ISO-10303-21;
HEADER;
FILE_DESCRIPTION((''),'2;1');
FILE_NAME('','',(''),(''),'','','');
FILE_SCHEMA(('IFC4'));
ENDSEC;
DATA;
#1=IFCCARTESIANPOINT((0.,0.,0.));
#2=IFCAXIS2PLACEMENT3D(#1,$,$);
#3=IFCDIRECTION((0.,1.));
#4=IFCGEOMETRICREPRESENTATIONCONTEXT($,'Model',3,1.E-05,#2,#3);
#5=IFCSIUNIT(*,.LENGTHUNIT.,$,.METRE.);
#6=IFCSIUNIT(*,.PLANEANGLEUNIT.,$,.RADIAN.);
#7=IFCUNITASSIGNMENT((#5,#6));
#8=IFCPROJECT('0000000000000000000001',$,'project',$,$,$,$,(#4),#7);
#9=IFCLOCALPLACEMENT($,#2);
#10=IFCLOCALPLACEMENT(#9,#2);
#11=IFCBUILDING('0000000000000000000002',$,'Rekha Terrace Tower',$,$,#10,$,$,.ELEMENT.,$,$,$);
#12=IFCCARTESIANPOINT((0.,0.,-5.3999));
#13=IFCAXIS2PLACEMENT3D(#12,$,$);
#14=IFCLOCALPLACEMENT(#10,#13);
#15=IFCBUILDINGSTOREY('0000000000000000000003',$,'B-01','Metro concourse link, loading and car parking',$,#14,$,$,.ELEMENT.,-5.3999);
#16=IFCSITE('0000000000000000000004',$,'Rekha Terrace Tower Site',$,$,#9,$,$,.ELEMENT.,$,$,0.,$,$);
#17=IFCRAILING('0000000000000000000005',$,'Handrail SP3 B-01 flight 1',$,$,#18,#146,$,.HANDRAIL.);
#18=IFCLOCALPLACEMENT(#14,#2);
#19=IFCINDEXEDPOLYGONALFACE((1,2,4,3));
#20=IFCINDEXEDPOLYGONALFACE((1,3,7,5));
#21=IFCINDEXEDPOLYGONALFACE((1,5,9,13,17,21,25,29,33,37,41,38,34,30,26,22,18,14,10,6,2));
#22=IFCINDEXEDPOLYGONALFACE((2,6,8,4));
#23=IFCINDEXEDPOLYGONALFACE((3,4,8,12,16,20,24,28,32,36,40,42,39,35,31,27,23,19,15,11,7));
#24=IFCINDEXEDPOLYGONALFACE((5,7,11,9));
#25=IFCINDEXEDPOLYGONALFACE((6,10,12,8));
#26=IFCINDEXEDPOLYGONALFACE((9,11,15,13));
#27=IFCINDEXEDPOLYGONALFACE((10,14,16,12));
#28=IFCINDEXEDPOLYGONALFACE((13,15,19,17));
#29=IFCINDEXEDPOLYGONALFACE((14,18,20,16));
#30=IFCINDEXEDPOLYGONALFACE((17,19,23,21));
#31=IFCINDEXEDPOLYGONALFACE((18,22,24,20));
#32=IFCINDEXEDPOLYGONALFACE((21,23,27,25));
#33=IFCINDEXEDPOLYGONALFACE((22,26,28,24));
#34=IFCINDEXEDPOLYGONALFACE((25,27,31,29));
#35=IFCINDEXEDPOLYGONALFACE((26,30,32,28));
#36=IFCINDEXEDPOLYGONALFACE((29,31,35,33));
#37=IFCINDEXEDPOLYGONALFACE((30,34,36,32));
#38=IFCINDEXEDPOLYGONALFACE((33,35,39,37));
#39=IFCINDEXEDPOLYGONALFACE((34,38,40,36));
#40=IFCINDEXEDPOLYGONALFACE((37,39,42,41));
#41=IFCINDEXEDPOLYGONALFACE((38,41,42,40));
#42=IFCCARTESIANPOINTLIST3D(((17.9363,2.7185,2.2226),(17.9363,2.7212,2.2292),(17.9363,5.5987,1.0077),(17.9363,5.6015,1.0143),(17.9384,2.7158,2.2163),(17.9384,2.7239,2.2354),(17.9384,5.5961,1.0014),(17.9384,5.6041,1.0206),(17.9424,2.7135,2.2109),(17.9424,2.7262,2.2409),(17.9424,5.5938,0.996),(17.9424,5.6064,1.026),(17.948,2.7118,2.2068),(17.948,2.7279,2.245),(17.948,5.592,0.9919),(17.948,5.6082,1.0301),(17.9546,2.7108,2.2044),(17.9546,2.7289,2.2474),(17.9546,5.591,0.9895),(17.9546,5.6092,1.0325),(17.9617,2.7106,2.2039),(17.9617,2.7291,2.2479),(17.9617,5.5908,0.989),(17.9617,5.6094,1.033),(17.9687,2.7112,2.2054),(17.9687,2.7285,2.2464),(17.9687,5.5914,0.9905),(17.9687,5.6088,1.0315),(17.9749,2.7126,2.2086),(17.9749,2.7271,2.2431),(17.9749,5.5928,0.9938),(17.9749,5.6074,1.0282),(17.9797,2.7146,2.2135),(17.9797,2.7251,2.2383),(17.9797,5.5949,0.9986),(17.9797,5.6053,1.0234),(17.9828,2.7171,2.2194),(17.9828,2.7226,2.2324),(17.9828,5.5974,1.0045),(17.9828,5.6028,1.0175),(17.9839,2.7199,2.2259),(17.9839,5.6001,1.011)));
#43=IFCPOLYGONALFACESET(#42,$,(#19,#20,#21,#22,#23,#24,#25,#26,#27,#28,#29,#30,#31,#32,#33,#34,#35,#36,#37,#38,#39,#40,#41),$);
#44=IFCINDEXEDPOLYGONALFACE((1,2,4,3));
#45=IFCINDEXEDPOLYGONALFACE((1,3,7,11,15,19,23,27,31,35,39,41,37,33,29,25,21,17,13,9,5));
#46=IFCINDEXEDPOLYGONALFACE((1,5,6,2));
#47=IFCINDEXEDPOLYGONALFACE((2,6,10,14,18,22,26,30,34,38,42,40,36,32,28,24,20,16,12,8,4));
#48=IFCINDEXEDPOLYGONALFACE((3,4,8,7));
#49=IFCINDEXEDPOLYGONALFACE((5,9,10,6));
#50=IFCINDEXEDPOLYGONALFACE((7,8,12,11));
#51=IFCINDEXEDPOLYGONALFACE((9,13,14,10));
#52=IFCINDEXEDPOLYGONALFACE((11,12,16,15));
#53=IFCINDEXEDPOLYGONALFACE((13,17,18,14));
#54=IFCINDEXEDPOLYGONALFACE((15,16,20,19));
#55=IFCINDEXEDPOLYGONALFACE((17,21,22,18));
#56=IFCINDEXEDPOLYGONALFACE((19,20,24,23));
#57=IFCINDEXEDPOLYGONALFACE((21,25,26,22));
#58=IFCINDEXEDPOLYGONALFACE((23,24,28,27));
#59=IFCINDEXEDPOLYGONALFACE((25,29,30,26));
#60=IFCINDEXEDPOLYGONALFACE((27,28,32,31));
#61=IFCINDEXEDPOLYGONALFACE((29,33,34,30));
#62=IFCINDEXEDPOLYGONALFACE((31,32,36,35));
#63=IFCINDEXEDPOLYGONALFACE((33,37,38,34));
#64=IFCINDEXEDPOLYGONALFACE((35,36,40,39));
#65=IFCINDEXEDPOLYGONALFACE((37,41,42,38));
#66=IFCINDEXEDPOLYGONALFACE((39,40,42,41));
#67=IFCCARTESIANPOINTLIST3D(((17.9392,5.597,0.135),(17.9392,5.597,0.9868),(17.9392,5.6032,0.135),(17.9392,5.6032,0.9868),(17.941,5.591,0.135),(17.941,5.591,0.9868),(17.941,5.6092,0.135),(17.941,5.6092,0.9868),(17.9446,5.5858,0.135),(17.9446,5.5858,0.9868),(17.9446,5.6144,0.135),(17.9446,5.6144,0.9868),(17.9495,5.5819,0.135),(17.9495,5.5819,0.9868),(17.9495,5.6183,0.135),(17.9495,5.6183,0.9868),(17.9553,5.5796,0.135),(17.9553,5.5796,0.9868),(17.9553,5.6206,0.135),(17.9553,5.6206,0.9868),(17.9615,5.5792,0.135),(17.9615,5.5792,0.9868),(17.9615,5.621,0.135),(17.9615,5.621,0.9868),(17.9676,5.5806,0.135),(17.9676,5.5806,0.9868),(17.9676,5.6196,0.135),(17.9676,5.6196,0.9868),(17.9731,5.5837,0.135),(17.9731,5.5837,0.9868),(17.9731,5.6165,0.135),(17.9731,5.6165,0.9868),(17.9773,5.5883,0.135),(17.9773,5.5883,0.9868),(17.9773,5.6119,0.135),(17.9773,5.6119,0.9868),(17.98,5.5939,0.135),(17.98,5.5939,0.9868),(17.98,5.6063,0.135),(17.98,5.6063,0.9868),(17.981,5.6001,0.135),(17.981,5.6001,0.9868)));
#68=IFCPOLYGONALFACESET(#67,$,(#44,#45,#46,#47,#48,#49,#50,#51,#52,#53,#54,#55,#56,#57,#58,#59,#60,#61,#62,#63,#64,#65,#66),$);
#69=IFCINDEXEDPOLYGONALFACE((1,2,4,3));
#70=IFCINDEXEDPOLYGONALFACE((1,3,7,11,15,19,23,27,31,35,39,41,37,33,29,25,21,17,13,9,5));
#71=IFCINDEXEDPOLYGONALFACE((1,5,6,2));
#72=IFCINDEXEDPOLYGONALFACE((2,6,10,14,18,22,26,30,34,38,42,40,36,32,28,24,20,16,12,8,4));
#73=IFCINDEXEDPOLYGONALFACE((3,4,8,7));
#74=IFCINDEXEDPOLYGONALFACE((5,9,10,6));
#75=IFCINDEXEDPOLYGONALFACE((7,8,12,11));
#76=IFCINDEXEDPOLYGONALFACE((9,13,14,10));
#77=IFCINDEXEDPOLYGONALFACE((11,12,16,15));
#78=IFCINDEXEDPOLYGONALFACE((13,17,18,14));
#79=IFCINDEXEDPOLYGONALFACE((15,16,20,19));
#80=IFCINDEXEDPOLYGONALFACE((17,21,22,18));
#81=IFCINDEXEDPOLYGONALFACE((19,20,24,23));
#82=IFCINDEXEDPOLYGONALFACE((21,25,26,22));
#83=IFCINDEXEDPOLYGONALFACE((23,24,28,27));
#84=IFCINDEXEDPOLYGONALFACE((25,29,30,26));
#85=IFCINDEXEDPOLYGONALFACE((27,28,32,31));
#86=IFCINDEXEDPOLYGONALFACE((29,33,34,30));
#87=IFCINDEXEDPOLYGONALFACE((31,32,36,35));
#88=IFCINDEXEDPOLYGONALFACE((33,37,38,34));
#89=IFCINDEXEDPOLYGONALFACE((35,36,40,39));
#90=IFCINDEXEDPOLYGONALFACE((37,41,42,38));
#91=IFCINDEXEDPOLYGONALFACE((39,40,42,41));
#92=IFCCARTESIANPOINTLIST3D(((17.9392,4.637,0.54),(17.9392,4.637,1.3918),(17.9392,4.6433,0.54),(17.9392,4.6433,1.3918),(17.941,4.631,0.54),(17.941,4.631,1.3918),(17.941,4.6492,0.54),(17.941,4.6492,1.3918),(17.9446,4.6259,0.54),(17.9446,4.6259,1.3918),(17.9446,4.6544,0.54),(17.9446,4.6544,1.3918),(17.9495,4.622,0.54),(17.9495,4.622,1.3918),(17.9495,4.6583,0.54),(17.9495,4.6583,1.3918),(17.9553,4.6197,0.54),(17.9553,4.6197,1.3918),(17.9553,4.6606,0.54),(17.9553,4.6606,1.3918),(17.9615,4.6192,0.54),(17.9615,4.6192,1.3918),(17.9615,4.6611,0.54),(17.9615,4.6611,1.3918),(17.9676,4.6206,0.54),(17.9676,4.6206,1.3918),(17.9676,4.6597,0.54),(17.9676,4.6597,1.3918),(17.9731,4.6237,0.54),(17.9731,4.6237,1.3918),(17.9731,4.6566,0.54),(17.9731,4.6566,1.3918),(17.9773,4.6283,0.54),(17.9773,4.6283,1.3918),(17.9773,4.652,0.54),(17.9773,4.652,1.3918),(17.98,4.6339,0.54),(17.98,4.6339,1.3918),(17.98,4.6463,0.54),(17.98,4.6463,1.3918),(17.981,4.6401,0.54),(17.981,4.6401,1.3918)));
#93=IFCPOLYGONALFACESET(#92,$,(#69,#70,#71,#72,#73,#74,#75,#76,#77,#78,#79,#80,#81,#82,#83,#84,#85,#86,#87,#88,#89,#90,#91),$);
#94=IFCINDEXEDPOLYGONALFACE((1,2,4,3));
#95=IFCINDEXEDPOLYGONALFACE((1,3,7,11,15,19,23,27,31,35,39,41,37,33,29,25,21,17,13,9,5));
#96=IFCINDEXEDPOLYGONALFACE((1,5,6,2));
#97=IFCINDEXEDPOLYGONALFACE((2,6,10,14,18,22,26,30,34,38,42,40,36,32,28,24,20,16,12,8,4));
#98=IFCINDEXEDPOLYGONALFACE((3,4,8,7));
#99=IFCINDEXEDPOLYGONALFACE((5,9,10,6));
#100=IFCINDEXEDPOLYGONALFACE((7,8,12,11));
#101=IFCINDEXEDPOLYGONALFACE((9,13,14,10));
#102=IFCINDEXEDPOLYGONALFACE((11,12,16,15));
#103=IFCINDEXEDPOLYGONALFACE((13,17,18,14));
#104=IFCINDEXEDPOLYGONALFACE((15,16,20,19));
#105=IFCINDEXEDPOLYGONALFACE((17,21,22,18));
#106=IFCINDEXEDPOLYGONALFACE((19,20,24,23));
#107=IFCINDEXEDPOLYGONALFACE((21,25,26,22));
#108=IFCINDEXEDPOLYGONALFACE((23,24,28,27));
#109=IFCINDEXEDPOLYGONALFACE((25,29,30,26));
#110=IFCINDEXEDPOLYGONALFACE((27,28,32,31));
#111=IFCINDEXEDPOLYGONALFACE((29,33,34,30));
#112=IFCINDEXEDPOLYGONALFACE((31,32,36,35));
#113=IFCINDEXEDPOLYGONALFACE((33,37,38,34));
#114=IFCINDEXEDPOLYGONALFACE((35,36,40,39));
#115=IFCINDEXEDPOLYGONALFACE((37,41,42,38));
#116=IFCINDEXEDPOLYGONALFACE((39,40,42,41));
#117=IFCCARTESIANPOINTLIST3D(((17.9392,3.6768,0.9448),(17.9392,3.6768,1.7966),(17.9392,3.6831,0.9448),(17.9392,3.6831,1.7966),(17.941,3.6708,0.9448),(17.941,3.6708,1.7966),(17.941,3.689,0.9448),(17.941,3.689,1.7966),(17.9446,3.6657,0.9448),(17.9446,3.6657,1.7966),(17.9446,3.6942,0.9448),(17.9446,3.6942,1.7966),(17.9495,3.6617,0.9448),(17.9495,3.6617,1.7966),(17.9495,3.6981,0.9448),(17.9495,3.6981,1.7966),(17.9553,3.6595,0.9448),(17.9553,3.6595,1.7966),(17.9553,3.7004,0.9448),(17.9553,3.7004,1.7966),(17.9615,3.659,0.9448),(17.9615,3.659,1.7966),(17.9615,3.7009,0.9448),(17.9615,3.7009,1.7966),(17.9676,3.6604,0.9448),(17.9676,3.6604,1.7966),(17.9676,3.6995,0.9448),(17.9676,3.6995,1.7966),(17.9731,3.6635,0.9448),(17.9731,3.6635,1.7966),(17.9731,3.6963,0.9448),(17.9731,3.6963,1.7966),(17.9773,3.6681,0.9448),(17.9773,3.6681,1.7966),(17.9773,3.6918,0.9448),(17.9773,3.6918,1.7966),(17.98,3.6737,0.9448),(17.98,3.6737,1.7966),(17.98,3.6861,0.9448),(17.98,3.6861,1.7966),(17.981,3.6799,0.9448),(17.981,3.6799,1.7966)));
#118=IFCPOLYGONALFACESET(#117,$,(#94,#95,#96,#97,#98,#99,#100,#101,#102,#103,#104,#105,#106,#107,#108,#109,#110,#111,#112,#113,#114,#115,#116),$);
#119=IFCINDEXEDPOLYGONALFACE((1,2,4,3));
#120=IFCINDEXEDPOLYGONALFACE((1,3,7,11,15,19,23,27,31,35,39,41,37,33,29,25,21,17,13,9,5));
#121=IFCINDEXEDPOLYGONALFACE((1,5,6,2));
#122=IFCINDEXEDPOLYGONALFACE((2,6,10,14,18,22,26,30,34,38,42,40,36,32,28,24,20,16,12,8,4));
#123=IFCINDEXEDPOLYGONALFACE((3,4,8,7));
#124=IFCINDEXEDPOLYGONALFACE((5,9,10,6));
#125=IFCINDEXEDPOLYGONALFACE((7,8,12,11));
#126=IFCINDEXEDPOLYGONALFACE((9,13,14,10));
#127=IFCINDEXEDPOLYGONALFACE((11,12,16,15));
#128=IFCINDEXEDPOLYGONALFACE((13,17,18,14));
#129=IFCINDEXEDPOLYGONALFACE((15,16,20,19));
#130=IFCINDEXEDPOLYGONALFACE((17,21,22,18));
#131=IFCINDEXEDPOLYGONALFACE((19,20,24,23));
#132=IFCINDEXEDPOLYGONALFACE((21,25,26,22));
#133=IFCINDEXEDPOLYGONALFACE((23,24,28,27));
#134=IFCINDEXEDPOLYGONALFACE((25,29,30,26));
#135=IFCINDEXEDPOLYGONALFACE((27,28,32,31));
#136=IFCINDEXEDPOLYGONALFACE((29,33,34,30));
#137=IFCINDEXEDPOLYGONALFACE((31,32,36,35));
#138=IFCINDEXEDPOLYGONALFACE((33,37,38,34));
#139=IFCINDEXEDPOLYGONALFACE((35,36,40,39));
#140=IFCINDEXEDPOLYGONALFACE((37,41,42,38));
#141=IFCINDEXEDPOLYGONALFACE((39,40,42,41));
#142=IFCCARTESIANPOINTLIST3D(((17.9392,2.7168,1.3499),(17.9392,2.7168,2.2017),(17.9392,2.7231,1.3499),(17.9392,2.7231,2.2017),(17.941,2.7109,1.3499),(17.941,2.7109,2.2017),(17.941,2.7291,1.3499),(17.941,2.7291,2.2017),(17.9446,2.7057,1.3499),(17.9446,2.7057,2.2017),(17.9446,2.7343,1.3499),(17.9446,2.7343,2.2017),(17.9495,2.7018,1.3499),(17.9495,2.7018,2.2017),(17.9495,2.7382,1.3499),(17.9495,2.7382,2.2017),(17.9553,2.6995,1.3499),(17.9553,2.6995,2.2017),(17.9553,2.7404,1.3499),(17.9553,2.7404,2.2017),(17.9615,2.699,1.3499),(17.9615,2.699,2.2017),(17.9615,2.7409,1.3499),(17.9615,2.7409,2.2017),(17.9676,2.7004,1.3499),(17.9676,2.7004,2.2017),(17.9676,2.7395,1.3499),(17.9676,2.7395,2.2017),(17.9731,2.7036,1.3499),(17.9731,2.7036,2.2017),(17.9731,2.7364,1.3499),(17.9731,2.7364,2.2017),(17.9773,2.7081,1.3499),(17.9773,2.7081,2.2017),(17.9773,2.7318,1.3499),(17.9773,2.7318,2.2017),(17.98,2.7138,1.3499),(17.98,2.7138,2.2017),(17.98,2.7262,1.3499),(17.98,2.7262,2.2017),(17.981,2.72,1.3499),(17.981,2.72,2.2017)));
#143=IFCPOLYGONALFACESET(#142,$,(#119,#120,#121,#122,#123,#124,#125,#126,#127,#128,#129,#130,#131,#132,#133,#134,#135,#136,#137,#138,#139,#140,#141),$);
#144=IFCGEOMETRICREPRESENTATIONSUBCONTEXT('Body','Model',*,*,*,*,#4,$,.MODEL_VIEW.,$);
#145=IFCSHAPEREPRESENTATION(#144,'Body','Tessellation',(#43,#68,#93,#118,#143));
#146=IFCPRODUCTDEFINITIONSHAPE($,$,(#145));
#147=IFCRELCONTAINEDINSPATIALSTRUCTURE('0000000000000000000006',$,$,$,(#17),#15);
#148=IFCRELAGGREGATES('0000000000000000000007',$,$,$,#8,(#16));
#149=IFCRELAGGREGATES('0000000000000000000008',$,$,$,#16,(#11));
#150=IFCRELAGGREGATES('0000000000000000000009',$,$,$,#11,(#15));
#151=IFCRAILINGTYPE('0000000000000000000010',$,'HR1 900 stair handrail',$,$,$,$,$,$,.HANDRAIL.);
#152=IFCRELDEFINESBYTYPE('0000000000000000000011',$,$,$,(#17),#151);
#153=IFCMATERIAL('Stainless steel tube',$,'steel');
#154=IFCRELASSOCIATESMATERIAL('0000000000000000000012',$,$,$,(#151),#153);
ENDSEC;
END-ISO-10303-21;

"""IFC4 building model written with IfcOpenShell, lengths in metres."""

from ifc_helpers import new_model, si_unit, direction, frame, origin, origin_2d, place, context, subcontext, project, spatial, circle, extrude, material, type_object, element, save


model = new_model("IFC4")

# Units and contexts
model_context = context("Model", 3, precision=1e-05, world=origin(), true_north=direction((0.0, 1.0)))
body_context = subcontext(model_context, "Body", "Model", "MODEL_VIEW")
ifc_project = project(units=[si_unit("LENGTHUNIT", "METRE"), si_unit("PLANEANGLEUNIT", "RADIAN")], contexts=[model_context])

# Site, building, storey
site_placement = place(None, origin())
site = spatial("IfcSite", under=ifc_project, at=site_placement, Name="Rekha Terrace Tower Site", CompositionType="ELEMENT", RefElevation=0.0)
building_placement = place(site_placement, origin())
building = spatial("IfcBuilding", under=site, at=building_placement, Name="Rekha Terrace Tower", CompositionType="ELEMENT")
storey_placement = place(building_placement, frame((0.0, 0.0, -5.3999)))
storey = spatial("IfcBuildingStorey", under=building, at=storey_placement, Name="B-01", Description="Metro concourse link, loading and car parking", CompositionType="ELEMENT", Elevation=-5.3999)

# Railing
ifc_material_1 = material(Name="Stainless steel tube", Category="steel")
railing_type_1 = type_object("IfcRailingType", Name="HR1 900 stair handrail", PredefinedType="HANDRAIL", material=ifc_material_1)
railing_1_placement = place(storey_placement, frame((17.96, 5.6001, 0.135)))
element("IfcRailing", 1, at=railing_1_placement, inside=storey, type_object=railing_type_1, Name="Handrail SP3 B-01 flight 1", PredefinedType="HANDRAIL", context=body_context, shape_type="SweptSolid", body=[
    extrude(circle(Radius=0.0239, at=origin_2d()), frame((0.0, 0.0, 0.876), z_axis=(0.0, -0.921388, 0.388644), x_axis=(1.0, 0.0, 0.0)), (0.0, 0.0, 1.0), 3.126),
    extrude(circle(Radius=0.021, at=origin_2d()), origin(), (0.0, 0.0, 1.0), 0.8518),
    extrude(circle(Radius=0.021, at=origin_2d()), frame((0.0, -0.96, 0.405)), (0.0, 0.0, 1.0), 0.8518),
    extrude(circle(Radius=0.021, at=origin_2d()), frame((0.0, -1.9202, 0.8098)), (0.0, 0.0, 1.0), 0.8518),
    extrude(circle(Radius=0.021, at=origin_2d()), frame((0.0, -2.8801, 1.2148)), (0.0, 0.0, 1.0), 0.8518),
])

save(model, "model.ifc")
